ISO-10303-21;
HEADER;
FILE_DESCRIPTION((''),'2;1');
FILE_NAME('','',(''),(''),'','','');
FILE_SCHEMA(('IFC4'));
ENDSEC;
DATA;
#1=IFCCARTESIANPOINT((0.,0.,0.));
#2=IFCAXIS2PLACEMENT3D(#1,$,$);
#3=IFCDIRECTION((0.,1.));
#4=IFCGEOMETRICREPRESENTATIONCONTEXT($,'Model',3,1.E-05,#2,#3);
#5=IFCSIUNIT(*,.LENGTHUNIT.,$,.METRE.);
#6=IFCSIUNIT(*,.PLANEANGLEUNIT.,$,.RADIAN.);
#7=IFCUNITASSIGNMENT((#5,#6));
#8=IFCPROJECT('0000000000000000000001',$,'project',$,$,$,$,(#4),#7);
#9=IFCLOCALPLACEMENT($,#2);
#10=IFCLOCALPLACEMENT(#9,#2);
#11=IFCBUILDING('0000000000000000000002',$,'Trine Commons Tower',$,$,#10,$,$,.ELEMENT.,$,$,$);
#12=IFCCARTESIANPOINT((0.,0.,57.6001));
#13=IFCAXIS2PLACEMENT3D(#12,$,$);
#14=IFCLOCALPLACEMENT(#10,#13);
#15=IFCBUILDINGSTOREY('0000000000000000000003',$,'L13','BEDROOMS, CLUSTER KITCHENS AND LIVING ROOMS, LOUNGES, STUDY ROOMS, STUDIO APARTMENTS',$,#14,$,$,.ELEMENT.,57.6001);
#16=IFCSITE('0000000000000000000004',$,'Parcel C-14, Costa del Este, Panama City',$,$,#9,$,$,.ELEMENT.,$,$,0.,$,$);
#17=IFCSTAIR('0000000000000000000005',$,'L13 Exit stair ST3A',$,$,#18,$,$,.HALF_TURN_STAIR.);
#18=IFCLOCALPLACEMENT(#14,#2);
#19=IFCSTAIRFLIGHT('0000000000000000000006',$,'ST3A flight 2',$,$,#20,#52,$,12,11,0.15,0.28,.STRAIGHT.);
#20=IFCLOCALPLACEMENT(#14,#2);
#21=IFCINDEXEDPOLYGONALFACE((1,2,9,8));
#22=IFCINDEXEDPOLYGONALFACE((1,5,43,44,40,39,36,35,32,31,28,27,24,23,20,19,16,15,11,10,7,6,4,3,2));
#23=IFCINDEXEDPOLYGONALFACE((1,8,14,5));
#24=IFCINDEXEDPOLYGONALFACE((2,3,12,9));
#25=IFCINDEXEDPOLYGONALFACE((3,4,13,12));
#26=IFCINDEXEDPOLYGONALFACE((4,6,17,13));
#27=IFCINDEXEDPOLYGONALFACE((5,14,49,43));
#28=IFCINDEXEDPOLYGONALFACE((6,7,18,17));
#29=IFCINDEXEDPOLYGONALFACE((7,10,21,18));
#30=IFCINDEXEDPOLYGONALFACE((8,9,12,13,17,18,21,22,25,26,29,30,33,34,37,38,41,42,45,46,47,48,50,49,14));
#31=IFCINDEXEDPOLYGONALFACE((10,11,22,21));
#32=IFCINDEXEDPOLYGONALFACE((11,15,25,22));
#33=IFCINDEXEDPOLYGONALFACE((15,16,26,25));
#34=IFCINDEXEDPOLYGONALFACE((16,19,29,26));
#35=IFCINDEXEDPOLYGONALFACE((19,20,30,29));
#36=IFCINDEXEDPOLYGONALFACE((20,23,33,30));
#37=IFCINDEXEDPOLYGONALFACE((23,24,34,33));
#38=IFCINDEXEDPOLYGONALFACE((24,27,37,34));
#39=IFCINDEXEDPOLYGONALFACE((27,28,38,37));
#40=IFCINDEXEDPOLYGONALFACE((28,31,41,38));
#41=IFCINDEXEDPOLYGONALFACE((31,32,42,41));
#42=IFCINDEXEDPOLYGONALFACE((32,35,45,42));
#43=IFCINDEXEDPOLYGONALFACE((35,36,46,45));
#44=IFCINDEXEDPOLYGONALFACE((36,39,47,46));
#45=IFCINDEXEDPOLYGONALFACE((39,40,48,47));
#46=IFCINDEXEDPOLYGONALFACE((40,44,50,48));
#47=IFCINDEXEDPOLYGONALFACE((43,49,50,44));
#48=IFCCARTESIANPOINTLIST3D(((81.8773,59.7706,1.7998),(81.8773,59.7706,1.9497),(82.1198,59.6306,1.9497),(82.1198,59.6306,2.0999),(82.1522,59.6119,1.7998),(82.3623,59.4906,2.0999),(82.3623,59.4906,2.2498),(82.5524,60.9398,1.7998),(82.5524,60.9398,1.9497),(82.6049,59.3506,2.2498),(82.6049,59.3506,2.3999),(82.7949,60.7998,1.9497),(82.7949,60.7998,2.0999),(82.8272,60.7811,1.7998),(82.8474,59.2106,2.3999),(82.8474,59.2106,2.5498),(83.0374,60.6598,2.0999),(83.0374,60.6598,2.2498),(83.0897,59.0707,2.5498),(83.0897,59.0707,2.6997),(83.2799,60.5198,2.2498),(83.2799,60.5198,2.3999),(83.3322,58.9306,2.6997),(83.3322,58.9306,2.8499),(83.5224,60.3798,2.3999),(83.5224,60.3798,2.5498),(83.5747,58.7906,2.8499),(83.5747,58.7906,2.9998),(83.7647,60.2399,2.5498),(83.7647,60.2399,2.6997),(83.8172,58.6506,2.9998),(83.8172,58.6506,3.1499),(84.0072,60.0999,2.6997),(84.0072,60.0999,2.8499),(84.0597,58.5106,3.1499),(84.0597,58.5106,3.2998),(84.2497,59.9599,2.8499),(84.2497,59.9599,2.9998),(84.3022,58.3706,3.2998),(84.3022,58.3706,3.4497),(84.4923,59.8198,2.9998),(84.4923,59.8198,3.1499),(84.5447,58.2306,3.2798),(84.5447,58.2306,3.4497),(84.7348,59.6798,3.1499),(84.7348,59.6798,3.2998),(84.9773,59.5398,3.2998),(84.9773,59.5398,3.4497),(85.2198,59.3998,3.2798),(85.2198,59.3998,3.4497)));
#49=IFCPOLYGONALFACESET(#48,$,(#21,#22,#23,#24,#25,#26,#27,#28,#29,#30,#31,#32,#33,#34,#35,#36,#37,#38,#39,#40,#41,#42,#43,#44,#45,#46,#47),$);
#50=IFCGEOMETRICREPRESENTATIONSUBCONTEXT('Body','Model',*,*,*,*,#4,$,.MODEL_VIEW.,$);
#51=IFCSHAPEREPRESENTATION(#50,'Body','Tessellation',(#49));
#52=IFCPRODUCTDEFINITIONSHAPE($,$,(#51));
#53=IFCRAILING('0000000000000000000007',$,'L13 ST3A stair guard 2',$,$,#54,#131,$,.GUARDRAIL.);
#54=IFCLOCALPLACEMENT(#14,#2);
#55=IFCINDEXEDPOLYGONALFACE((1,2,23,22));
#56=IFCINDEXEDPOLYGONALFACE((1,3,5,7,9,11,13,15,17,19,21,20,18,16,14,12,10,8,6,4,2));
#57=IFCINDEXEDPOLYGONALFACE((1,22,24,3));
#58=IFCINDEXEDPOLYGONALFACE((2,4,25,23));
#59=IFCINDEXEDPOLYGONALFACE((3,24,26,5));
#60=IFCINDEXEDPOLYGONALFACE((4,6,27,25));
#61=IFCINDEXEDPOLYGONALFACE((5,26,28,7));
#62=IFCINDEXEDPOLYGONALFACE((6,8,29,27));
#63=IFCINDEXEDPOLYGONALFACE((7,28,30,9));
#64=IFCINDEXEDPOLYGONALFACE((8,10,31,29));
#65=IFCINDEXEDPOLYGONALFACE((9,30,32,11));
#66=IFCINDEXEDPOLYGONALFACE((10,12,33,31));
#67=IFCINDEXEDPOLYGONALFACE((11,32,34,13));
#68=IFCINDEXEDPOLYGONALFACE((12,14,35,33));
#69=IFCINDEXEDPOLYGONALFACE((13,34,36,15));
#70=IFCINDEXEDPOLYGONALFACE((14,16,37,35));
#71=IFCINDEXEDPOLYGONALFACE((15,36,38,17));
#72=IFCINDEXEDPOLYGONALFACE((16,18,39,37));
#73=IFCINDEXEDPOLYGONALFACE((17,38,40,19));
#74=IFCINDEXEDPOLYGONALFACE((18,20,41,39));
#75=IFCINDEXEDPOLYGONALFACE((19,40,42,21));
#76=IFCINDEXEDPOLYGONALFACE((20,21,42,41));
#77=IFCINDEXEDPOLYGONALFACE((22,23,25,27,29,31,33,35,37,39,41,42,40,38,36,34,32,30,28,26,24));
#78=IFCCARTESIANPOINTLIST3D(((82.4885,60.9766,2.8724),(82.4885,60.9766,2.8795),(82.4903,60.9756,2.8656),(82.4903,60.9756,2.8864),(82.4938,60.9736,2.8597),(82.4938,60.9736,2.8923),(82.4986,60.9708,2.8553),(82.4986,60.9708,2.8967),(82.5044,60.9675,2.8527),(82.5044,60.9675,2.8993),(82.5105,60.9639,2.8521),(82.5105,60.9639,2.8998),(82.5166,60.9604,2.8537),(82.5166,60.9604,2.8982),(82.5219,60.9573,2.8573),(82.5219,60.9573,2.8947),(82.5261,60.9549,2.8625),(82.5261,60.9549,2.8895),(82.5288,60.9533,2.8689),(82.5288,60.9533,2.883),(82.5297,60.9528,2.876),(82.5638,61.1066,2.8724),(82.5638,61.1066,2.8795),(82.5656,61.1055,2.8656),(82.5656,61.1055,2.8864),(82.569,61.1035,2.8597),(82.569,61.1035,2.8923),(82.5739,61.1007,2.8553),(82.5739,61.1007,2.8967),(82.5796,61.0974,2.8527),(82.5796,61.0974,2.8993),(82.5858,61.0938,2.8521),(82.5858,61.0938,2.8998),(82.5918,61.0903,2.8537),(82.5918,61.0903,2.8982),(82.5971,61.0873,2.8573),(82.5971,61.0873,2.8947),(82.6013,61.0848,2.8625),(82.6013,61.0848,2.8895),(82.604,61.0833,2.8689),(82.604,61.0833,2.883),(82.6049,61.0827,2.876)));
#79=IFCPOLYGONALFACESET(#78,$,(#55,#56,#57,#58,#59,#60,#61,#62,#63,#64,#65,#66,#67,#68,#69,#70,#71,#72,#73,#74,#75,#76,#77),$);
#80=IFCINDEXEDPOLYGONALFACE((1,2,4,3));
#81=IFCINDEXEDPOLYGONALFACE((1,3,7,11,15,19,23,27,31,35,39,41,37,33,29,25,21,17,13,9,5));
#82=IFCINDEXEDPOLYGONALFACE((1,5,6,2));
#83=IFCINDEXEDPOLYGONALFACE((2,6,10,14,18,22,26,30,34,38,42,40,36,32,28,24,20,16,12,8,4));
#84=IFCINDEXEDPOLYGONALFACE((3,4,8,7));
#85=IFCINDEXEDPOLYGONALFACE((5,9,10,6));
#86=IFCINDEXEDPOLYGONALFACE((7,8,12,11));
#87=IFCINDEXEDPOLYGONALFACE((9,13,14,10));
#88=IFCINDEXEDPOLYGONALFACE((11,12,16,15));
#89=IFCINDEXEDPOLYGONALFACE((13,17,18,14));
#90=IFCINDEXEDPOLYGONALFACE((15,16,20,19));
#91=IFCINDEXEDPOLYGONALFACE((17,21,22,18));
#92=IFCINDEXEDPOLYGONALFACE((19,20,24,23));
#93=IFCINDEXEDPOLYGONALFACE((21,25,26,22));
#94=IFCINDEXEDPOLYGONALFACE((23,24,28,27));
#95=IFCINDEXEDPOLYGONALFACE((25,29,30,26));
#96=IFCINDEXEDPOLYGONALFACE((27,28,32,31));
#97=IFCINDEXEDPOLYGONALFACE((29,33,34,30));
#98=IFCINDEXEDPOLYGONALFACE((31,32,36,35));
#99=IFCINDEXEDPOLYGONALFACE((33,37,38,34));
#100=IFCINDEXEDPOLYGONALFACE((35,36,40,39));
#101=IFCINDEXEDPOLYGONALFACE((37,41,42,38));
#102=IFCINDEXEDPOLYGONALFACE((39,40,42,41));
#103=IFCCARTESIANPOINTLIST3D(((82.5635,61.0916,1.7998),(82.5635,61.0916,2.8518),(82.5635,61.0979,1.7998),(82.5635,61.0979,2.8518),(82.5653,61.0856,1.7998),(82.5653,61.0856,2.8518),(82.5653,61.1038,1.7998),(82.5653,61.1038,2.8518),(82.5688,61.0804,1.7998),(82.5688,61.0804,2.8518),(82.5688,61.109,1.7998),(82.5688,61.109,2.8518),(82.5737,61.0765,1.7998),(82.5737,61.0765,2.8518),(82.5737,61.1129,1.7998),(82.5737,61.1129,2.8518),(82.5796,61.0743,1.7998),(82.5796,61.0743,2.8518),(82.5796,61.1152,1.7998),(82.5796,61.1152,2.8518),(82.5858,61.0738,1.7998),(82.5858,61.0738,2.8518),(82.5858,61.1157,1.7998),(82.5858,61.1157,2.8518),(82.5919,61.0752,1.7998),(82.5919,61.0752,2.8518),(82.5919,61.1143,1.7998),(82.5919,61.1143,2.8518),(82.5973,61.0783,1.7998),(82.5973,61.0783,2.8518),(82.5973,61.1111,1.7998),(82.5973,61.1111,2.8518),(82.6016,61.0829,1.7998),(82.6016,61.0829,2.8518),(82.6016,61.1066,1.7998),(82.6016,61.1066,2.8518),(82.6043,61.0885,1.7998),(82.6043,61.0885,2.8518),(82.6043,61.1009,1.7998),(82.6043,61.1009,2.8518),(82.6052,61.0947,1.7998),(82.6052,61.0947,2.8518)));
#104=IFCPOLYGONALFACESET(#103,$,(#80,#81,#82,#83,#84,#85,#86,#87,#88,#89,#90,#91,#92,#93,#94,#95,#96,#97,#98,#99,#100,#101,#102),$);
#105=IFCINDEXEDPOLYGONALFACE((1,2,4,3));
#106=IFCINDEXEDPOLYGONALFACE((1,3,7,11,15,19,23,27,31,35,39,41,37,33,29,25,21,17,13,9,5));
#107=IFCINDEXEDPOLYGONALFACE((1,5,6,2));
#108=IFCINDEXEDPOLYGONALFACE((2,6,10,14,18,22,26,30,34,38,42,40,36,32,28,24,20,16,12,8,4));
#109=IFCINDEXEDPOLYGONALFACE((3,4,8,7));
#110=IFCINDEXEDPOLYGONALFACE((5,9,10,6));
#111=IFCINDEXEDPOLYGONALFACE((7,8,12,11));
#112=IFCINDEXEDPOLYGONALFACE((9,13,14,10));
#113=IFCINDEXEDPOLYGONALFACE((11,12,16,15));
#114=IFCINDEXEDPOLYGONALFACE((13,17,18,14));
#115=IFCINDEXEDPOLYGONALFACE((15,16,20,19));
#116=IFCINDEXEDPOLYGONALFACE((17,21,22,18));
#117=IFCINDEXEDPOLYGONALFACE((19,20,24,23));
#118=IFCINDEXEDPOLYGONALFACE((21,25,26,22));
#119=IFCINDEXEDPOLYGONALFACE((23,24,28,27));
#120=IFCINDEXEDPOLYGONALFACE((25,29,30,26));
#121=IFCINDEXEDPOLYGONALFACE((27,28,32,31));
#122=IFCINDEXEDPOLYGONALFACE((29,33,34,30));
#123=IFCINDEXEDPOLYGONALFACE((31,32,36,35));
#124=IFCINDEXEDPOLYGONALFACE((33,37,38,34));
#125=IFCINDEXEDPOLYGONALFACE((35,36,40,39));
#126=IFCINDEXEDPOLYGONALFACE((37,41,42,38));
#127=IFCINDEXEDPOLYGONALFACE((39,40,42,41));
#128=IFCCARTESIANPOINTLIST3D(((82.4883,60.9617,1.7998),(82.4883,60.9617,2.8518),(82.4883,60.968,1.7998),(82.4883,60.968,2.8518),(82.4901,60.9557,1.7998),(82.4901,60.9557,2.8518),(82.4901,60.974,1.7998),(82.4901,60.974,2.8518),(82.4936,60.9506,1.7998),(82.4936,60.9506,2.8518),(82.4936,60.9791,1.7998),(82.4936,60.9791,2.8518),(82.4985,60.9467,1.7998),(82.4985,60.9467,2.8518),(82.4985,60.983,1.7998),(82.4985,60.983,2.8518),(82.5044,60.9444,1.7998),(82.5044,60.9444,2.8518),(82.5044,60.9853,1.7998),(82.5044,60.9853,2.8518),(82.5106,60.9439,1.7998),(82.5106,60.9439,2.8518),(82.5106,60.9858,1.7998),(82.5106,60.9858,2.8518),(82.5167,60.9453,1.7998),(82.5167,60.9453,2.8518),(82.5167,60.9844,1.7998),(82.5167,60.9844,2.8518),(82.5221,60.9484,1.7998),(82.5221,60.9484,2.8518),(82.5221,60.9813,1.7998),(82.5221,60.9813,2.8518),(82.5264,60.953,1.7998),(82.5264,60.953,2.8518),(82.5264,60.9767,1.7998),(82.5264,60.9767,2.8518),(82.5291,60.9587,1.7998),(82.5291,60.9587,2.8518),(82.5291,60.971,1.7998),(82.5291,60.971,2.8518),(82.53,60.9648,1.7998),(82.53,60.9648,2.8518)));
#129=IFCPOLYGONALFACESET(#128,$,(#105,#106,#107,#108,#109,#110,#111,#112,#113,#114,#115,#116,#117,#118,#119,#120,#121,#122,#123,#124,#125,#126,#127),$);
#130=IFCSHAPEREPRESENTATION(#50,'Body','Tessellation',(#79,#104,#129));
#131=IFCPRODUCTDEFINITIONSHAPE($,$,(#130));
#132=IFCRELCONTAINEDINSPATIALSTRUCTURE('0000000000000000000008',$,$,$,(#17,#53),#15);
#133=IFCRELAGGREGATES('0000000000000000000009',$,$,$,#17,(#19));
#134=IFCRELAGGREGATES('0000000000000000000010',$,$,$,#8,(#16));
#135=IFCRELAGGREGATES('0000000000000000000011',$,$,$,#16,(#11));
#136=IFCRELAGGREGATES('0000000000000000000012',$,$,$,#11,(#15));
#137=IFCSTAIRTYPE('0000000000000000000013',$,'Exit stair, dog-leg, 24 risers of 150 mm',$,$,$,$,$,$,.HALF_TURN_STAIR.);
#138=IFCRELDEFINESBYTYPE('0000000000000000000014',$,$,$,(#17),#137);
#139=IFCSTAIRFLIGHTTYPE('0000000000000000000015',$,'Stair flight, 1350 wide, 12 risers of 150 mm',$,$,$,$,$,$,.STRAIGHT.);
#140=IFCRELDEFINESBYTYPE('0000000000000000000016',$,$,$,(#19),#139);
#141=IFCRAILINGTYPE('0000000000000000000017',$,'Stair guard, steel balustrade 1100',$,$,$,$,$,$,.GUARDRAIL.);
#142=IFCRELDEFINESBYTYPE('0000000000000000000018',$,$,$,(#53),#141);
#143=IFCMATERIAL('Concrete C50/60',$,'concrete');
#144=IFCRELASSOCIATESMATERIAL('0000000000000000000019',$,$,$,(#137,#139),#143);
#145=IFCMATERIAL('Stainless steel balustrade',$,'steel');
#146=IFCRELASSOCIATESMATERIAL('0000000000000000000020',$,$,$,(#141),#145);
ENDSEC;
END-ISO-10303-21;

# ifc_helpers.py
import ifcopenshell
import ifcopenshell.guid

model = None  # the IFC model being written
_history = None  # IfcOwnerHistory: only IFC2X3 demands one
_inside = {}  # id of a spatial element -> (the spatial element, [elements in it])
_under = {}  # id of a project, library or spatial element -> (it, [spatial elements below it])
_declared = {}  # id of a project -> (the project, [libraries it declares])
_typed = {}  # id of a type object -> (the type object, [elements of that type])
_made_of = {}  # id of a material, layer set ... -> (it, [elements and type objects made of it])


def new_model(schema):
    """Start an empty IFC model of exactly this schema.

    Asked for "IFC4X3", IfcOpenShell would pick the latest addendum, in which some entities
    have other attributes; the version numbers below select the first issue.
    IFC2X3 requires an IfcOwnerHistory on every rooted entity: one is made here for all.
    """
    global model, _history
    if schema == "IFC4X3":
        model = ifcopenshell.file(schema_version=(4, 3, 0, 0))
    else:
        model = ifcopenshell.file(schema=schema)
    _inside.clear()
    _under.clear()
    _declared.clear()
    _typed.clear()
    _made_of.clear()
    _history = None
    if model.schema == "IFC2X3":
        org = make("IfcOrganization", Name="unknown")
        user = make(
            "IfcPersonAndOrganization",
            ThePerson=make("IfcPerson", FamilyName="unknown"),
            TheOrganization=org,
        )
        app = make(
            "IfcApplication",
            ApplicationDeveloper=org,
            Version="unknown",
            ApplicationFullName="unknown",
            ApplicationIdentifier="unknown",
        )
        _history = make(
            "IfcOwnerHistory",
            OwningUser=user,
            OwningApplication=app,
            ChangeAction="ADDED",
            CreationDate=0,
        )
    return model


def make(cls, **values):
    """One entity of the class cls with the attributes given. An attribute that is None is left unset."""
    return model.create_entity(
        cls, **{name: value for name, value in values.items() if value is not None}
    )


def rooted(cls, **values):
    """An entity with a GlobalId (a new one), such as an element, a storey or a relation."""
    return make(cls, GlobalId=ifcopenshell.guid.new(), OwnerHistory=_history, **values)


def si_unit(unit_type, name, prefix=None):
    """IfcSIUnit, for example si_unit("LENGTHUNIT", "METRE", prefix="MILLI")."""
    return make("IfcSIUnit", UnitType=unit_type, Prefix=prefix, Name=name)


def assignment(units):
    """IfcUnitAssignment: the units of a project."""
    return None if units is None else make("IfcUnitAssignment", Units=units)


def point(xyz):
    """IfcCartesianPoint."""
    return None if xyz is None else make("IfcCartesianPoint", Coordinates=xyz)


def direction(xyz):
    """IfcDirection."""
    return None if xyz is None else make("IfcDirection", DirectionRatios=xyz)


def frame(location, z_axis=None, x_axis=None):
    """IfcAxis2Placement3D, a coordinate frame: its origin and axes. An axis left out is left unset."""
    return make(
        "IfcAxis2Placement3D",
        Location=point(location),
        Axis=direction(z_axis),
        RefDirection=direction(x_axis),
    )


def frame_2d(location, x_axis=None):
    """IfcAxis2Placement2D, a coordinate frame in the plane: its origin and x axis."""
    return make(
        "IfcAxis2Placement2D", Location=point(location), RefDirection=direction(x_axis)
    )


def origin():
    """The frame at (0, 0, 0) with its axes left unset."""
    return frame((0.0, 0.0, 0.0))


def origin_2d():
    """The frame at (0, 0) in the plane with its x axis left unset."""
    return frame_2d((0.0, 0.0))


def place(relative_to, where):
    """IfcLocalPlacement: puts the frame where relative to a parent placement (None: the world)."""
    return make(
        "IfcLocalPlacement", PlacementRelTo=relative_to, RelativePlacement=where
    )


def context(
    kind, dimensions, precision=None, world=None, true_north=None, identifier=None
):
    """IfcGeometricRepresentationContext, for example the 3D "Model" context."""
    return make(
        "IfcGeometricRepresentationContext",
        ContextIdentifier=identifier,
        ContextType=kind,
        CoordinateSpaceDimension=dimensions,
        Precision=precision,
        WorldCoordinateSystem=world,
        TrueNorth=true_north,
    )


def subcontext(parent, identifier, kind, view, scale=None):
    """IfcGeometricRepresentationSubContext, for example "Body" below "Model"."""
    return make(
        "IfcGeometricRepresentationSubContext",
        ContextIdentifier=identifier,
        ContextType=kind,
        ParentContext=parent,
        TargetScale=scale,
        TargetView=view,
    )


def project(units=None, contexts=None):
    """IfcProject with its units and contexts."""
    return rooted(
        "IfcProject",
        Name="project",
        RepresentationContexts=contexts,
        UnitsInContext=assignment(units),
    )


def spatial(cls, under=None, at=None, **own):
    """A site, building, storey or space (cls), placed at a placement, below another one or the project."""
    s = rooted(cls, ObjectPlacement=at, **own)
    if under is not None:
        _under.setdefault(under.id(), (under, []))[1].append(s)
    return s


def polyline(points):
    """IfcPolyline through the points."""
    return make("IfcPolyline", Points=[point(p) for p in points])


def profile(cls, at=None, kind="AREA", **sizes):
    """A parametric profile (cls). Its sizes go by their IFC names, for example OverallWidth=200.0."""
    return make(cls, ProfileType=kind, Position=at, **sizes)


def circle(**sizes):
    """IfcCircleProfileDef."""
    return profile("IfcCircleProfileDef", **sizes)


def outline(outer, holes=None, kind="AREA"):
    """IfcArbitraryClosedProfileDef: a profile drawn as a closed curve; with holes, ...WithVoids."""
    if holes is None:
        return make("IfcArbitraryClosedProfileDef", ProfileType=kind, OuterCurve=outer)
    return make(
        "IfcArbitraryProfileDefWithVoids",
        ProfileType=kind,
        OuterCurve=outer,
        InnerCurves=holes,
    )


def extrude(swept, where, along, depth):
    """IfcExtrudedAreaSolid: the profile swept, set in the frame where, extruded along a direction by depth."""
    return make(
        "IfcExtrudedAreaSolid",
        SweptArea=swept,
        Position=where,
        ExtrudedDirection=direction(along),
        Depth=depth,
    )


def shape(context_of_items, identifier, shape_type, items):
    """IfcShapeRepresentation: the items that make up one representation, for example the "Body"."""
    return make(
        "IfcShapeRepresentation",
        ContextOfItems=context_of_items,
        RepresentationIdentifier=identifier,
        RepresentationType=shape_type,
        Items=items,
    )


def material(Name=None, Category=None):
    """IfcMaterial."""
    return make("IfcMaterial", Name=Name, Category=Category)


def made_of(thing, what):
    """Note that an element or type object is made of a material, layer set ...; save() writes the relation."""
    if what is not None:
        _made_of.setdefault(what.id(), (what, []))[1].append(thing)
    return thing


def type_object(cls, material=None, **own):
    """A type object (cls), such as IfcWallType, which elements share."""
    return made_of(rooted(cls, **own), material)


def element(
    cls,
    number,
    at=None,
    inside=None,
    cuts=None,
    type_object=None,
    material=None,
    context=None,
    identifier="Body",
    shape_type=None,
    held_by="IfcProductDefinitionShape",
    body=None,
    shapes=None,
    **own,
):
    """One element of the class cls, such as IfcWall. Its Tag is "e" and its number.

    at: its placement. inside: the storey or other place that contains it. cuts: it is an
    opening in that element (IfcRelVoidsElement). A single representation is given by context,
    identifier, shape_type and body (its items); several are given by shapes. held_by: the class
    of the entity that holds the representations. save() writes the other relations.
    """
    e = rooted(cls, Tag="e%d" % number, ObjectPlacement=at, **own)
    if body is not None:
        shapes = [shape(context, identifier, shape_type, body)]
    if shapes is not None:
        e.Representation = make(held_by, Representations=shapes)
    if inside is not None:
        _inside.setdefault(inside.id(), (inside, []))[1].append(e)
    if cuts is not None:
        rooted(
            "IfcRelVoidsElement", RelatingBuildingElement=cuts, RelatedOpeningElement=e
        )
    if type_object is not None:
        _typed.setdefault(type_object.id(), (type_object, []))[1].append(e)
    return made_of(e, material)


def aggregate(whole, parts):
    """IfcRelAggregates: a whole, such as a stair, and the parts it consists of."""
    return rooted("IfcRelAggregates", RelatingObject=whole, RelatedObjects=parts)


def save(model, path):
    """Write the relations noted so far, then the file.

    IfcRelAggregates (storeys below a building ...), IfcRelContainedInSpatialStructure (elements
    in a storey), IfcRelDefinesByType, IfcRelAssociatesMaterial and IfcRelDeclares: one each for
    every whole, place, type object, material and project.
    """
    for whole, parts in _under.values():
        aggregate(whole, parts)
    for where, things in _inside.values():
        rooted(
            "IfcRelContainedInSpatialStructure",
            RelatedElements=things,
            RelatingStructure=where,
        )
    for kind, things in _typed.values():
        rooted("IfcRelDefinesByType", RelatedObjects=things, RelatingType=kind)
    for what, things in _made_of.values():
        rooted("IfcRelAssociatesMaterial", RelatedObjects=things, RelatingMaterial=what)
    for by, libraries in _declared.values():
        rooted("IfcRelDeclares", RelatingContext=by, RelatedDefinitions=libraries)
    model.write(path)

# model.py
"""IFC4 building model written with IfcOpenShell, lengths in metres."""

from ifc_helpers import new_model, si_unit, direction, frame, origin, origin_2d, place, context, subcontext, project, spatial, polyline, circle, outline, extrude, material, type_object, element, aggregate, save


model = new_model("IFC4")

# Units and contexts
model_context = context("Model", 3, precision=1e-05, world=origin(), true_north=direction((0.0, 1.0)))
body_context = subcontext(model_context, "Body", "Model", "MODEL_VIEW")
ifc_project = project(units=[si_unit("LENGTHUNIT", "METRE"), si_unit("PLANEANGLEUNIT", "RADIAN")], contexts=[model_context])

# Site, building, storey
site_placement = place(None, origin())
site = spatial("IfcSite", under=ifc_project, at=site_placement, Name="Parcel C-14, Costa del Este, Panama City", CompositionType="ELEMENT", RefElevation=0.0)
building_placement = place(site_placement, origin())
building = spatial("IfcBuilding", under=site, at=building_placement, Name="Trine Commons Tower", CompositionType="ELEMENT")
storey_placement = place(building_placement, frame((0.0, 0.0, 57.6001)))
storey = spatial("IfcBuildingStorey", under=building, at=storey_placement, Name="L13", Description="BEDROOMS, CLUSTER KITCHENS AND LIVING ROOMS, LOUNGES, STUDY ROOMS, STUDIO APARTMENTS", CompositionType="ELEMENT", Elevation=57.6001)

# Stair, stair flight
ifc_material_1 = material(Name="Concrete C50/60", Category="concrete")
stair_type = type_object("IfcStairType", Name="Exit stair, dog-leg, 24 risers of 150 mm", PredefinedType="HALF_TURN_STAIR", material=ifc_material_1)
stair_placement = place(storey_placement, origin())
stair = element("IfcStair", 1, at=stair_placement, inside=storey, type_object=stair_type, Name="L13 Exit stair ST3A", PredefinedType="HALF_TURN_STAIR")
stair_flight_type = type_object("IfcStairFlightType", Name="Stair flight, 1350 wide, 12 risers of 150 mm", PredefinedType="STRAIGHT", material=ifc_material_1)
stair_flight_placement = place(storey_placement, frame((82.2148, 60.3552, 1.7998), z_axis=(0.0, 0.0, 1.0), x_axis=(0.866025, -0.5, 0.0)))
stair_flight = element("IfcStairFlight", 2, at=stair_flight_placement, type_object=stair_flight_type, Name="ST3A flight 2", NumberOfRisers=12, NumberOfTreads=11, PredefinedType="STRAIGHT", RiserHeight=0.15, TreadLength=0.28, context=body_context, shape_type="SweptSolid", body=[
    extrude(outline(polyline([(0.0, 0.0), (0.0, 0.1499), (0.28, 0.1499), (0.28, 0.3), (0.5601, 0.3), (0.5601, 0.45), (0.8401, 0.45), (0.8401, 0.6001), (1.1201, 0.6001), (1.1201, 0.75), (1.3999, 0.75), (1.3999, 0.8999), (1.6799, 0.8999), (1.6799, 1.05), (1.96, 1.05), (1.96, 1.2), (2.24, 1.2), (2.24, 1.3501), (2.52, 1.3501), (2.52, 1.5), (2.8, 1.5), (2.8, 1.6499), (3.0801, 1.6499), (3.0801, 1.8), (3.0801, 1.48), (0.3174, 0.0), (0.0, 0.0)])), frame((0.0, 0.675, 0.0), z_axis=(0.0, -1.0, 0.0), x_axis=(1.0, 0.0, 0.0)), (0.0, 0.0, 1.0), 1.3501),
])
aggregate(stair, [stair_flight])

# Railing
ifc_material_2 = material(Name="Stainless steel balustrade", Category="steel")
railing_type = type_object("IfcRailingType", Name="Stair guard, steel balustrade 1100", PredefinedType="GUARDRAIL", material=ifc_material_2)
railing_1_placement = place(storey_placement, frame((82.5842, 61.0947, 1.7998)))
element("IfcRailing", 3, at=railing_1_placement, inside=storey, type_object=railing_type, Name="L13 ST3A stair guard 2", PredefinedType="GUARDRAIL", context=body_context, shape_type="SweptSolid", body=[
    extrude(circle(Radius=0.0239, at=origin_2d()), frame((0.0, 0.0, 1.0762), z_axis=(-0.501036, -0.865426, 0.0), x_axis=(0.865426, -0.501036, 0.0)), (0.0, 0.0, 1.0), 0.1501),
    extrude(circle(Radius=0.021, at=origin_2d()), origin(), (0.0, 0.0, 1.0), 1.052),
    extrude(circle(Radius=0.021, at=origin_2d()), frame((-0.0752, -0.1299, 0.0)), (0.0, 0.0, 1.0), 1.052),
])

save(model, "model.ifc")
